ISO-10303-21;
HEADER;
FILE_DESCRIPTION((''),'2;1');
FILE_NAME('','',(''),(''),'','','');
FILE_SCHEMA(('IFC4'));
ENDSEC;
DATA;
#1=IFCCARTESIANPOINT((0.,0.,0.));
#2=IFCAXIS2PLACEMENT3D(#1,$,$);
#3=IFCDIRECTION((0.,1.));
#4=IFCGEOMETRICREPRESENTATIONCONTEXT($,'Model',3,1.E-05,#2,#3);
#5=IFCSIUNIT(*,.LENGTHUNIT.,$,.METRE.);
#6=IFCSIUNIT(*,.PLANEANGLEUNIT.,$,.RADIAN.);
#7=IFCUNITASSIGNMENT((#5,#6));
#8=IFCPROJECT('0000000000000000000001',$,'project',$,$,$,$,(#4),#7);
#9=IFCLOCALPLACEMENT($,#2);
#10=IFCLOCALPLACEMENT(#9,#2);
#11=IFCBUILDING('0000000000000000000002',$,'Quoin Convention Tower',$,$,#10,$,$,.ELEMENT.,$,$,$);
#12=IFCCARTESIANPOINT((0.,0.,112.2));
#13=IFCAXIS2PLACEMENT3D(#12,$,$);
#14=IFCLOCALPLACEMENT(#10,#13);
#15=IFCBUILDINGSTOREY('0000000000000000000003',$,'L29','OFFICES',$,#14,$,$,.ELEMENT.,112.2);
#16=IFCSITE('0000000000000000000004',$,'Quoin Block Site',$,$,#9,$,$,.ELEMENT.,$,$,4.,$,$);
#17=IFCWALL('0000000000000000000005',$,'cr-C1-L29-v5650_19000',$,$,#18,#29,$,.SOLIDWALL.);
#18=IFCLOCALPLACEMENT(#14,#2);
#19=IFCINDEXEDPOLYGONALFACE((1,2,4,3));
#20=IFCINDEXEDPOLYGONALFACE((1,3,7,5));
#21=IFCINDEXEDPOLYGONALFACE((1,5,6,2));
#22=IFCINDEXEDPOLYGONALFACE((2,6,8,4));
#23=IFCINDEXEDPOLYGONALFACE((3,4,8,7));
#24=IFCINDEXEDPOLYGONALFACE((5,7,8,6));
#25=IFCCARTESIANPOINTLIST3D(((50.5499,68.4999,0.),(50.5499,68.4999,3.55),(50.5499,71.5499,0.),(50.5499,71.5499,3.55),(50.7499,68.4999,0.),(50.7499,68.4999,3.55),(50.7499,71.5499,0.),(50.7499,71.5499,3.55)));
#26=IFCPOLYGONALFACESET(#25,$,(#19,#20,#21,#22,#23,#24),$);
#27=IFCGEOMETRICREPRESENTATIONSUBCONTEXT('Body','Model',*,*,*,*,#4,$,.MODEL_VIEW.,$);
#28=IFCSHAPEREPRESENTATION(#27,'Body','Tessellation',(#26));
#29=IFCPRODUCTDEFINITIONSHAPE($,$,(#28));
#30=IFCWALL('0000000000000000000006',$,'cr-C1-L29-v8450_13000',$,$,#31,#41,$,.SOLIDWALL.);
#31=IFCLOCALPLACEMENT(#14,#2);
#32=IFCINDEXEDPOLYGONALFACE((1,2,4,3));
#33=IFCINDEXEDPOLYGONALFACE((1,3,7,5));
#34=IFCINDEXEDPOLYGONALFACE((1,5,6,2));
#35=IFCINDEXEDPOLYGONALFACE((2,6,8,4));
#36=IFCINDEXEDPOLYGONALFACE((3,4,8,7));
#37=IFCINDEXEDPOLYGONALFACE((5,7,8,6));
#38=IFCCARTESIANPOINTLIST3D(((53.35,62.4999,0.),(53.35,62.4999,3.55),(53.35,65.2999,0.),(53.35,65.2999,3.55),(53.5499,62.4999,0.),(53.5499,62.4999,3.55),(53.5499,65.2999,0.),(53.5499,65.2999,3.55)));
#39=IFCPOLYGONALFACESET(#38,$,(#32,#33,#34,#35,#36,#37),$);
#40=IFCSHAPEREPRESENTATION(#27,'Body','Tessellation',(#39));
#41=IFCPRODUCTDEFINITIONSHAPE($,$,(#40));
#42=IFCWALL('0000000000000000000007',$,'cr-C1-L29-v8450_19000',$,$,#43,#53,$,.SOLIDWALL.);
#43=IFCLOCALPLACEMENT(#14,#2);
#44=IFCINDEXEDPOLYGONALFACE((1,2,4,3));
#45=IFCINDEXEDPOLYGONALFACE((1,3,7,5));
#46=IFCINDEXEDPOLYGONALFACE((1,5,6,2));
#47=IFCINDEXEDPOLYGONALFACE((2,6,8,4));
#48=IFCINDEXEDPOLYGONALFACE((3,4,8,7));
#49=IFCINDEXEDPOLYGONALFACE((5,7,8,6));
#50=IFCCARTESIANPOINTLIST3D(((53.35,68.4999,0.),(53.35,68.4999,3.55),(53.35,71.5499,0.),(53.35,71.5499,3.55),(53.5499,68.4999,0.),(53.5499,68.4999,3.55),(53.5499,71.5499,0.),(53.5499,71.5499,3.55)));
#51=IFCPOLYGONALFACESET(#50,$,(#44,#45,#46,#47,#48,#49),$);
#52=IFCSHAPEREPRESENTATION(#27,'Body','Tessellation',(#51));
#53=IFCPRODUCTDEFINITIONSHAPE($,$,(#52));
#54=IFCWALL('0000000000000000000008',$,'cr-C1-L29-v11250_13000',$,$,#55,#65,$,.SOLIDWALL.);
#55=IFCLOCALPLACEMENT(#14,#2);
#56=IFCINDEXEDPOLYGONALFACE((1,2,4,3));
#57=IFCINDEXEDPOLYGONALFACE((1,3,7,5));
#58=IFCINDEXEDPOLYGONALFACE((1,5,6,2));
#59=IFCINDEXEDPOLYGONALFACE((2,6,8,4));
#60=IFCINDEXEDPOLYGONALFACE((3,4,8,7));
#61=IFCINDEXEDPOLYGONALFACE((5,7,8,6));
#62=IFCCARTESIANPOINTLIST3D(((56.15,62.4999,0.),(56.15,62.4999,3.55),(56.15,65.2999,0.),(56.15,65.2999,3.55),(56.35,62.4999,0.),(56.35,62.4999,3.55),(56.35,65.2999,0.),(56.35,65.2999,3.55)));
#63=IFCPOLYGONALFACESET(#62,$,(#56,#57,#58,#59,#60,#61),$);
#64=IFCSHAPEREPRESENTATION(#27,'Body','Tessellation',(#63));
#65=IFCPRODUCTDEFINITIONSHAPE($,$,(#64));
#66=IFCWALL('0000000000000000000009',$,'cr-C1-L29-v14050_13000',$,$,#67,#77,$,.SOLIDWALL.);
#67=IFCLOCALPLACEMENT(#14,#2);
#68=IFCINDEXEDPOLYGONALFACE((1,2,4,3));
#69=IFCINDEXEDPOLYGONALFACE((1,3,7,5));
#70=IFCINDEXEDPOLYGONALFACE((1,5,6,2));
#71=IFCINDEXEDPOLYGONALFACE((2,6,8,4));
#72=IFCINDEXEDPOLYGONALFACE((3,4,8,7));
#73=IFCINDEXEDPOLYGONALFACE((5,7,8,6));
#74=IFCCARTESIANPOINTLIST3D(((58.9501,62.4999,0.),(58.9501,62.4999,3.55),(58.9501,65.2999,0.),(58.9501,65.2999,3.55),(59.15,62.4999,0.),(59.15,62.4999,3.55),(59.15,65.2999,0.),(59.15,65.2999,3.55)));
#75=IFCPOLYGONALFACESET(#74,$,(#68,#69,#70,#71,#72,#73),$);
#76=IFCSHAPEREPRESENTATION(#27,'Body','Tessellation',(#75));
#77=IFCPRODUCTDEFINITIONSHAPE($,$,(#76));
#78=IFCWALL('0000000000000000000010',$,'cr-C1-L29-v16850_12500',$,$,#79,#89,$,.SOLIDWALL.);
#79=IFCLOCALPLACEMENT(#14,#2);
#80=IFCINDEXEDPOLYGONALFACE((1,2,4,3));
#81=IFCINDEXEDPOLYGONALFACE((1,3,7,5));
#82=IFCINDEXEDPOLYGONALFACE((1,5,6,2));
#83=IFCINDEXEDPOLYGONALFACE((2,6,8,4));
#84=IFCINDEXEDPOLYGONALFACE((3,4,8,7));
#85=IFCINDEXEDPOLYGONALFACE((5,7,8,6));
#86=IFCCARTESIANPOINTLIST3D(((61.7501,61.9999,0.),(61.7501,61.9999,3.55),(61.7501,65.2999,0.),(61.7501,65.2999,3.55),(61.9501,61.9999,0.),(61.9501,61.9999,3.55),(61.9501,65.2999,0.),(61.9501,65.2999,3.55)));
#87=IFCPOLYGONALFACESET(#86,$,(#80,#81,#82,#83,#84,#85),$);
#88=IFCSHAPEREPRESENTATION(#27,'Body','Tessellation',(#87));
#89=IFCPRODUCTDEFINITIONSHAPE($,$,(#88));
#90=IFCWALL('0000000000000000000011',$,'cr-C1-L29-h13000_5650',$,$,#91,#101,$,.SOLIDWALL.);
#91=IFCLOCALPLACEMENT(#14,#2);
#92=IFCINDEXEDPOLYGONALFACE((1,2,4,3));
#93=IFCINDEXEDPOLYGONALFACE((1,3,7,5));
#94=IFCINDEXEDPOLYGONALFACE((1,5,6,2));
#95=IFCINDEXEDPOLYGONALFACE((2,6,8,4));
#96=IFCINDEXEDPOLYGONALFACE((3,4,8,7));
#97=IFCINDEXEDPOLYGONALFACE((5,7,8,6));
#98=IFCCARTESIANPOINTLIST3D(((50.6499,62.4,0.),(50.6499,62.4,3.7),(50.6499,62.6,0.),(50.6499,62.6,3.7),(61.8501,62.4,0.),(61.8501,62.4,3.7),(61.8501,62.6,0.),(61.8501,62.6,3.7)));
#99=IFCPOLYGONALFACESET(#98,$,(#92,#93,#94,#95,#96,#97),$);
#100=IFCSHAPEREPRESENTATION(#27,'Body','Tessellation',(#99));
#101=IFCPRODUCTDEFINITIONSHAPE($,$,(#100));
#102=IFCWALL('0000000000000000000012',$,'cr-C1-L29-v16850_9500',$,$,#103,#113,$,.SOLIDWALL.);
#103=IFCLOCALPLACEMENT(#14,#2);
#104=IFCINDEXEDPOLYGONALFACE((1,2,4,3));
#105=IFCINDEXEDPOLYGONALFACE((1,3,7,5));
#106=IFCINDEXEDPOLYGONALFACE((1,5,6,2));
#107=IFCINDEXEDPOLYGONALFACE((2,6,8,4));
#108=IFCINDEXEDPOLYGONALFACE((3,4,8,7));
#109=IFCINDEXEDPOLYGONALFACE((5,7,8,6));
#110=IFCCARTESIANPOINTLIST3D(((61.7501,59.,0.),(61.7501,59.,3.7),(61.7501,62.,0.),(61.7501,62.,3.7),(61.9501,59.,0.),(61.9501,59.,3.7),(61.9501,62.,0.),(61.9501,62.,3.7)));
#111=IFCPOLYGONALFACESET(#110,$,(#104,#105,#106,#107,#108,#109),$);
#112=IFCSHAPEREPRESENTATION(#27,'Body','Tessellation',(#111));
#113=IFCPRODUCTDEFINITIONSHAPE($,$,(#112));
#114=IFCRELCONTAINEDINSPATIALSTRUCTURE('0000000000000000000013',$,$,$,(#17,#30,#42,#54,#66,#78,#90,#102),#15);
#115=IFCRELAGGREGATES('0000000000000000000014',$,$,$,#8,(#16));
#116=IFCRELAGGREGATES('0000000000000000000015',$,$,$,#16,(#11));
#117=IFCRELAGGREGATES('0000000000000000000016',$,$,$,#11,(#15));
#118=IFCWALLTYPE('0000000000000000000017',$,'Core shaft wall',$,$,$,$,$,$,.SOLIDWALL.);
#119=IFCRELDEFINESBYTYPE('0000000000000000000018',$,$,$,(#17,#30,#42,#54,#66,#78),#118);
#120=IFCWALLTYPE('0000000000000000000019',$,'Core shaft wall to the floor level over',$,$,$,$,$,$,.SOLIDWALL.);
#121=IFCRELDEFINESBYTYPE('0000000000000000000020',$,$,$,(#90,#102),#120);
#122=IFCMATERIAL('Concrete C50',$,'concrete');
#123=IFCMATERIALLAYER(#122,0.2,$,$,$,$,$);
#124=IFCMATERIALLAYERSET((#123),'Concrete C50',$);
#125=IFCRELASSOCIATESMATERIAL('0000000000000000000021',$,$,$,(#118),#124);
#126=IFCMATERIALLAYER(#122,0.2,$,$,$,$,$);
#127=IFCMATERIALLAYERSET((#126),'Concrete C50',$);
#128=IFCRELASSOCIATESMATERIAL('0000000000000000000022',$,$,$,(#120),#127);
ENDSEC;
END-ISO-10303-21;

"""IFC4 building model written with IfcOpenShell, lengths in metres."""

from ifc_helpers import new_model, si_unit, direction, frame, frame_2d, origin, place, context, subcontext, project, spatial, rectangle, extrude, material, layer, layer_set, type_object, element, save


model = new_model("IFC4")

# Units and contexts
model_context = context("Model", 3, precision=1e-05, world=origin(), true_north=direction((0.0, 1.0)))
body_context = subcontext(model_context, "Body", "Model", "MODEL_VIEW")
ifc_project = project(units=[si_unit("LENGTHUNIT", "METRE"), si_unit("PLANEANGLEUNIT", "RADIAN")], contexts=[model_context])

# Site, building, storey
site_placement = place(None, origin())
site = spatial("IfcSite", under=ifc_project, at=site_placement, Name="Quoin Block Site", CompositionType="ELEMENT", RefElevation=4.0)
building_placement = place(site_placement, origin())
building = spatial("IfcBuilding", under=site, at=building_placement, Name="Quoin Convention Tower", CompositionType="ELEMENT")
storey_placement = place(building_placement, frame((0.0, 0.0, 112.2)))
storey = spatial("IfcBuildingStorey", under=building, at=storey_placement, Name="L29", Description="OFFICES", CompositionType="ELEMENT", Elevation=112.2)

# Shared definitions
ifc_material_1 = material(Name="Concrete C50", Category="concrete")
ifc_layer_1 = layer(ifc_material_1, 0.2)
ifc_layer_set_1 = layer_set([ifc_layer_1], Name="Concrete C50")
wall_type_1 = type_object("IfcWallType", Name="Core shaft wall", PredefinedType="SOLIDWALL", material=ifc_layer_set_1)

# Walls
wall_1_placement = place(storey_placement, frame((50.6499, 68.5, 0.0), z_axis=(0.0, 0.0, 1.0), x_axis=(0.0, 1.0, 0.0)))
element("IfcWall", 1, at=wall_1_placement, inside=storey, type_object=wall_type_1, Name="cr-C1-L29-v5650_19000", PredefinedType="SOLIDWALL", context=body_context, shape_type="SweptSolid", body=[
    extrude(rectangle(XDim=3.05, YDim=0.2, at=frame_2d((1.5249, 0.0))), origin(), (0.0, 0.0, 1.0), 3.55),
])
wall_2_placement = place(storey_placement, frame((53.45, 62.5, 0.0), z_axis=(0.0, 0.0, 1.0), x_axis=(0.0, 1.0, 0.0)))
element("IfcWall", 2, at=wall_2_placement, inside=storey, type_object=wall_type_1, Name="cr-C1-L29-v8450_13000", PredefinedType="SOLIDWALL", context=body_context, shape_type="SweptSolid", body=[
    extrude(rectangle(XDim=2.8, YDim=0.2, at=frame_2d((1.3999, 0.0))), origin(), (0.0, 0.0, 1.0), 3.55),
])
wall_3_placement = place(storey_placement, frame((53.45, 68.5, 0.0), z_axis=(0.0, 0.0, 1.0), x_axis=(0.0, 1.0, 0.0)))
element("IfcWall", 3, at=wall_3_placement, inside=storey, type_object=wall_type_1, Name="cr-C1-L29-v8450_19000", PredefinedType="SOLIDWALL", context=body_context, shape_type="SweptSolid", body=[
    extrude(rectangle(XDim=3.05, YDim=0.2, at=frame_2d((1.5249, 0.0))), origin(), (0.0, 0.0, 1.0), 3.55),
])
for number, where, z_axis, x_axis, name in (
    (4, (56.25, 62.5, 0.0), (0.0, 0.0, 1.0), (0.0, 1.0, 0.0), "cr-C1-L29-v11250_13000"),
    (5, (59.05, 62.5, 0.0), (0.0, 0.0, 1.0), (0.0, 1.0, 0.0), "cr-C1-L29-v14050_13000"),
):
    element("IfcWall", number, at=place(storey_placement, frame(where, z_axis=z_axis, x_axis=x_axis)), inside=storey, type_object=wall_type_1, Name=name, PredefinedType="SOLIDWALL", context=body_context, shape_type="SweptSolid", body=[
        extrude(rectangle(XDim=2.8, YDim=0.2, at=frame_2d((1.3999, 0.0))), origin(), (0.0, 0.0, 1.0), 3.55),
    ])
wall_4_placement = place(storey_placement, frame((61.8501, 62.0, 0.0), z_axis=(0.0, 0.0, 1.0), x_axis=(0.0, 1.0, 0.0)))
element("IfcWall", 6, at=wall_4_placement, inside=storey, type_object=wall_type_1, Name="cr-C1-L29-v16850_12500", PredefinedType="SOLIDWALL", context=body_context, shape_type="SweptSolid", body=[
    extrude(rectangle(XDim=3.3, YDim=0.2, at=frame_2d((1.6499, 0.0))), origin(), (0.0, 0.0, 1.0), 3.55),
])
ifc_layer_2 = layer(ifc_material_1, 0.2)
ifc_layer_set_2 = layer_set([ifc_layer_2], Name="Concrete C50")
wall_type_2 = type_object("IfcWallType", Name="Core shaft wall to the floor level over", PredefinedType="SOLIDWALL", material=ifc_layer_set_2)
wall_5_placement = place(storey_placement, frame((50.6499, 62.5, 0.0), z_axis=(0.0, 0.0, 1.0), x_axis=(1.0, 0.0, 0.0)))
element("IfcWall", 7, at=wall_5_placement, inside=storey, type_object=wall_type_2, Name="cr-C1-L29-h13000_5650", PredefinedType="SOLIDWALL", context=body_context, shape_type="SweptSolid", body=[
    extrude(rectangle(XDim=11.2002, YDim=0.2, at=frame_2d((5.6001, 0.0))), origin(), (0.0, 0.0, 1.0), 3.7),
])
wall_6_placement = place(storey_placement, frame((61.8501, 59.0, 0.0), z_axis=(0.0, 0.0, 1.0), x_axis=(0.0, 1.0, 0.0)))
element("IfcWall", 8, at=wall_6_placement, inside=storey, type_object=wall_type_2, Name="cr-C1-L29-v16850_9500", PredefinedType="SOLIDWALL", context=body_context, shape_type="SweptSolid", body=[
    extrude(rectangle(XDim=3.0, YDim=0.2, at=frame_2d((1.5, 0.0))), origin(), (0.0, 0.0, 1.0), 3.7),
])

save(model, "model.ifc")
